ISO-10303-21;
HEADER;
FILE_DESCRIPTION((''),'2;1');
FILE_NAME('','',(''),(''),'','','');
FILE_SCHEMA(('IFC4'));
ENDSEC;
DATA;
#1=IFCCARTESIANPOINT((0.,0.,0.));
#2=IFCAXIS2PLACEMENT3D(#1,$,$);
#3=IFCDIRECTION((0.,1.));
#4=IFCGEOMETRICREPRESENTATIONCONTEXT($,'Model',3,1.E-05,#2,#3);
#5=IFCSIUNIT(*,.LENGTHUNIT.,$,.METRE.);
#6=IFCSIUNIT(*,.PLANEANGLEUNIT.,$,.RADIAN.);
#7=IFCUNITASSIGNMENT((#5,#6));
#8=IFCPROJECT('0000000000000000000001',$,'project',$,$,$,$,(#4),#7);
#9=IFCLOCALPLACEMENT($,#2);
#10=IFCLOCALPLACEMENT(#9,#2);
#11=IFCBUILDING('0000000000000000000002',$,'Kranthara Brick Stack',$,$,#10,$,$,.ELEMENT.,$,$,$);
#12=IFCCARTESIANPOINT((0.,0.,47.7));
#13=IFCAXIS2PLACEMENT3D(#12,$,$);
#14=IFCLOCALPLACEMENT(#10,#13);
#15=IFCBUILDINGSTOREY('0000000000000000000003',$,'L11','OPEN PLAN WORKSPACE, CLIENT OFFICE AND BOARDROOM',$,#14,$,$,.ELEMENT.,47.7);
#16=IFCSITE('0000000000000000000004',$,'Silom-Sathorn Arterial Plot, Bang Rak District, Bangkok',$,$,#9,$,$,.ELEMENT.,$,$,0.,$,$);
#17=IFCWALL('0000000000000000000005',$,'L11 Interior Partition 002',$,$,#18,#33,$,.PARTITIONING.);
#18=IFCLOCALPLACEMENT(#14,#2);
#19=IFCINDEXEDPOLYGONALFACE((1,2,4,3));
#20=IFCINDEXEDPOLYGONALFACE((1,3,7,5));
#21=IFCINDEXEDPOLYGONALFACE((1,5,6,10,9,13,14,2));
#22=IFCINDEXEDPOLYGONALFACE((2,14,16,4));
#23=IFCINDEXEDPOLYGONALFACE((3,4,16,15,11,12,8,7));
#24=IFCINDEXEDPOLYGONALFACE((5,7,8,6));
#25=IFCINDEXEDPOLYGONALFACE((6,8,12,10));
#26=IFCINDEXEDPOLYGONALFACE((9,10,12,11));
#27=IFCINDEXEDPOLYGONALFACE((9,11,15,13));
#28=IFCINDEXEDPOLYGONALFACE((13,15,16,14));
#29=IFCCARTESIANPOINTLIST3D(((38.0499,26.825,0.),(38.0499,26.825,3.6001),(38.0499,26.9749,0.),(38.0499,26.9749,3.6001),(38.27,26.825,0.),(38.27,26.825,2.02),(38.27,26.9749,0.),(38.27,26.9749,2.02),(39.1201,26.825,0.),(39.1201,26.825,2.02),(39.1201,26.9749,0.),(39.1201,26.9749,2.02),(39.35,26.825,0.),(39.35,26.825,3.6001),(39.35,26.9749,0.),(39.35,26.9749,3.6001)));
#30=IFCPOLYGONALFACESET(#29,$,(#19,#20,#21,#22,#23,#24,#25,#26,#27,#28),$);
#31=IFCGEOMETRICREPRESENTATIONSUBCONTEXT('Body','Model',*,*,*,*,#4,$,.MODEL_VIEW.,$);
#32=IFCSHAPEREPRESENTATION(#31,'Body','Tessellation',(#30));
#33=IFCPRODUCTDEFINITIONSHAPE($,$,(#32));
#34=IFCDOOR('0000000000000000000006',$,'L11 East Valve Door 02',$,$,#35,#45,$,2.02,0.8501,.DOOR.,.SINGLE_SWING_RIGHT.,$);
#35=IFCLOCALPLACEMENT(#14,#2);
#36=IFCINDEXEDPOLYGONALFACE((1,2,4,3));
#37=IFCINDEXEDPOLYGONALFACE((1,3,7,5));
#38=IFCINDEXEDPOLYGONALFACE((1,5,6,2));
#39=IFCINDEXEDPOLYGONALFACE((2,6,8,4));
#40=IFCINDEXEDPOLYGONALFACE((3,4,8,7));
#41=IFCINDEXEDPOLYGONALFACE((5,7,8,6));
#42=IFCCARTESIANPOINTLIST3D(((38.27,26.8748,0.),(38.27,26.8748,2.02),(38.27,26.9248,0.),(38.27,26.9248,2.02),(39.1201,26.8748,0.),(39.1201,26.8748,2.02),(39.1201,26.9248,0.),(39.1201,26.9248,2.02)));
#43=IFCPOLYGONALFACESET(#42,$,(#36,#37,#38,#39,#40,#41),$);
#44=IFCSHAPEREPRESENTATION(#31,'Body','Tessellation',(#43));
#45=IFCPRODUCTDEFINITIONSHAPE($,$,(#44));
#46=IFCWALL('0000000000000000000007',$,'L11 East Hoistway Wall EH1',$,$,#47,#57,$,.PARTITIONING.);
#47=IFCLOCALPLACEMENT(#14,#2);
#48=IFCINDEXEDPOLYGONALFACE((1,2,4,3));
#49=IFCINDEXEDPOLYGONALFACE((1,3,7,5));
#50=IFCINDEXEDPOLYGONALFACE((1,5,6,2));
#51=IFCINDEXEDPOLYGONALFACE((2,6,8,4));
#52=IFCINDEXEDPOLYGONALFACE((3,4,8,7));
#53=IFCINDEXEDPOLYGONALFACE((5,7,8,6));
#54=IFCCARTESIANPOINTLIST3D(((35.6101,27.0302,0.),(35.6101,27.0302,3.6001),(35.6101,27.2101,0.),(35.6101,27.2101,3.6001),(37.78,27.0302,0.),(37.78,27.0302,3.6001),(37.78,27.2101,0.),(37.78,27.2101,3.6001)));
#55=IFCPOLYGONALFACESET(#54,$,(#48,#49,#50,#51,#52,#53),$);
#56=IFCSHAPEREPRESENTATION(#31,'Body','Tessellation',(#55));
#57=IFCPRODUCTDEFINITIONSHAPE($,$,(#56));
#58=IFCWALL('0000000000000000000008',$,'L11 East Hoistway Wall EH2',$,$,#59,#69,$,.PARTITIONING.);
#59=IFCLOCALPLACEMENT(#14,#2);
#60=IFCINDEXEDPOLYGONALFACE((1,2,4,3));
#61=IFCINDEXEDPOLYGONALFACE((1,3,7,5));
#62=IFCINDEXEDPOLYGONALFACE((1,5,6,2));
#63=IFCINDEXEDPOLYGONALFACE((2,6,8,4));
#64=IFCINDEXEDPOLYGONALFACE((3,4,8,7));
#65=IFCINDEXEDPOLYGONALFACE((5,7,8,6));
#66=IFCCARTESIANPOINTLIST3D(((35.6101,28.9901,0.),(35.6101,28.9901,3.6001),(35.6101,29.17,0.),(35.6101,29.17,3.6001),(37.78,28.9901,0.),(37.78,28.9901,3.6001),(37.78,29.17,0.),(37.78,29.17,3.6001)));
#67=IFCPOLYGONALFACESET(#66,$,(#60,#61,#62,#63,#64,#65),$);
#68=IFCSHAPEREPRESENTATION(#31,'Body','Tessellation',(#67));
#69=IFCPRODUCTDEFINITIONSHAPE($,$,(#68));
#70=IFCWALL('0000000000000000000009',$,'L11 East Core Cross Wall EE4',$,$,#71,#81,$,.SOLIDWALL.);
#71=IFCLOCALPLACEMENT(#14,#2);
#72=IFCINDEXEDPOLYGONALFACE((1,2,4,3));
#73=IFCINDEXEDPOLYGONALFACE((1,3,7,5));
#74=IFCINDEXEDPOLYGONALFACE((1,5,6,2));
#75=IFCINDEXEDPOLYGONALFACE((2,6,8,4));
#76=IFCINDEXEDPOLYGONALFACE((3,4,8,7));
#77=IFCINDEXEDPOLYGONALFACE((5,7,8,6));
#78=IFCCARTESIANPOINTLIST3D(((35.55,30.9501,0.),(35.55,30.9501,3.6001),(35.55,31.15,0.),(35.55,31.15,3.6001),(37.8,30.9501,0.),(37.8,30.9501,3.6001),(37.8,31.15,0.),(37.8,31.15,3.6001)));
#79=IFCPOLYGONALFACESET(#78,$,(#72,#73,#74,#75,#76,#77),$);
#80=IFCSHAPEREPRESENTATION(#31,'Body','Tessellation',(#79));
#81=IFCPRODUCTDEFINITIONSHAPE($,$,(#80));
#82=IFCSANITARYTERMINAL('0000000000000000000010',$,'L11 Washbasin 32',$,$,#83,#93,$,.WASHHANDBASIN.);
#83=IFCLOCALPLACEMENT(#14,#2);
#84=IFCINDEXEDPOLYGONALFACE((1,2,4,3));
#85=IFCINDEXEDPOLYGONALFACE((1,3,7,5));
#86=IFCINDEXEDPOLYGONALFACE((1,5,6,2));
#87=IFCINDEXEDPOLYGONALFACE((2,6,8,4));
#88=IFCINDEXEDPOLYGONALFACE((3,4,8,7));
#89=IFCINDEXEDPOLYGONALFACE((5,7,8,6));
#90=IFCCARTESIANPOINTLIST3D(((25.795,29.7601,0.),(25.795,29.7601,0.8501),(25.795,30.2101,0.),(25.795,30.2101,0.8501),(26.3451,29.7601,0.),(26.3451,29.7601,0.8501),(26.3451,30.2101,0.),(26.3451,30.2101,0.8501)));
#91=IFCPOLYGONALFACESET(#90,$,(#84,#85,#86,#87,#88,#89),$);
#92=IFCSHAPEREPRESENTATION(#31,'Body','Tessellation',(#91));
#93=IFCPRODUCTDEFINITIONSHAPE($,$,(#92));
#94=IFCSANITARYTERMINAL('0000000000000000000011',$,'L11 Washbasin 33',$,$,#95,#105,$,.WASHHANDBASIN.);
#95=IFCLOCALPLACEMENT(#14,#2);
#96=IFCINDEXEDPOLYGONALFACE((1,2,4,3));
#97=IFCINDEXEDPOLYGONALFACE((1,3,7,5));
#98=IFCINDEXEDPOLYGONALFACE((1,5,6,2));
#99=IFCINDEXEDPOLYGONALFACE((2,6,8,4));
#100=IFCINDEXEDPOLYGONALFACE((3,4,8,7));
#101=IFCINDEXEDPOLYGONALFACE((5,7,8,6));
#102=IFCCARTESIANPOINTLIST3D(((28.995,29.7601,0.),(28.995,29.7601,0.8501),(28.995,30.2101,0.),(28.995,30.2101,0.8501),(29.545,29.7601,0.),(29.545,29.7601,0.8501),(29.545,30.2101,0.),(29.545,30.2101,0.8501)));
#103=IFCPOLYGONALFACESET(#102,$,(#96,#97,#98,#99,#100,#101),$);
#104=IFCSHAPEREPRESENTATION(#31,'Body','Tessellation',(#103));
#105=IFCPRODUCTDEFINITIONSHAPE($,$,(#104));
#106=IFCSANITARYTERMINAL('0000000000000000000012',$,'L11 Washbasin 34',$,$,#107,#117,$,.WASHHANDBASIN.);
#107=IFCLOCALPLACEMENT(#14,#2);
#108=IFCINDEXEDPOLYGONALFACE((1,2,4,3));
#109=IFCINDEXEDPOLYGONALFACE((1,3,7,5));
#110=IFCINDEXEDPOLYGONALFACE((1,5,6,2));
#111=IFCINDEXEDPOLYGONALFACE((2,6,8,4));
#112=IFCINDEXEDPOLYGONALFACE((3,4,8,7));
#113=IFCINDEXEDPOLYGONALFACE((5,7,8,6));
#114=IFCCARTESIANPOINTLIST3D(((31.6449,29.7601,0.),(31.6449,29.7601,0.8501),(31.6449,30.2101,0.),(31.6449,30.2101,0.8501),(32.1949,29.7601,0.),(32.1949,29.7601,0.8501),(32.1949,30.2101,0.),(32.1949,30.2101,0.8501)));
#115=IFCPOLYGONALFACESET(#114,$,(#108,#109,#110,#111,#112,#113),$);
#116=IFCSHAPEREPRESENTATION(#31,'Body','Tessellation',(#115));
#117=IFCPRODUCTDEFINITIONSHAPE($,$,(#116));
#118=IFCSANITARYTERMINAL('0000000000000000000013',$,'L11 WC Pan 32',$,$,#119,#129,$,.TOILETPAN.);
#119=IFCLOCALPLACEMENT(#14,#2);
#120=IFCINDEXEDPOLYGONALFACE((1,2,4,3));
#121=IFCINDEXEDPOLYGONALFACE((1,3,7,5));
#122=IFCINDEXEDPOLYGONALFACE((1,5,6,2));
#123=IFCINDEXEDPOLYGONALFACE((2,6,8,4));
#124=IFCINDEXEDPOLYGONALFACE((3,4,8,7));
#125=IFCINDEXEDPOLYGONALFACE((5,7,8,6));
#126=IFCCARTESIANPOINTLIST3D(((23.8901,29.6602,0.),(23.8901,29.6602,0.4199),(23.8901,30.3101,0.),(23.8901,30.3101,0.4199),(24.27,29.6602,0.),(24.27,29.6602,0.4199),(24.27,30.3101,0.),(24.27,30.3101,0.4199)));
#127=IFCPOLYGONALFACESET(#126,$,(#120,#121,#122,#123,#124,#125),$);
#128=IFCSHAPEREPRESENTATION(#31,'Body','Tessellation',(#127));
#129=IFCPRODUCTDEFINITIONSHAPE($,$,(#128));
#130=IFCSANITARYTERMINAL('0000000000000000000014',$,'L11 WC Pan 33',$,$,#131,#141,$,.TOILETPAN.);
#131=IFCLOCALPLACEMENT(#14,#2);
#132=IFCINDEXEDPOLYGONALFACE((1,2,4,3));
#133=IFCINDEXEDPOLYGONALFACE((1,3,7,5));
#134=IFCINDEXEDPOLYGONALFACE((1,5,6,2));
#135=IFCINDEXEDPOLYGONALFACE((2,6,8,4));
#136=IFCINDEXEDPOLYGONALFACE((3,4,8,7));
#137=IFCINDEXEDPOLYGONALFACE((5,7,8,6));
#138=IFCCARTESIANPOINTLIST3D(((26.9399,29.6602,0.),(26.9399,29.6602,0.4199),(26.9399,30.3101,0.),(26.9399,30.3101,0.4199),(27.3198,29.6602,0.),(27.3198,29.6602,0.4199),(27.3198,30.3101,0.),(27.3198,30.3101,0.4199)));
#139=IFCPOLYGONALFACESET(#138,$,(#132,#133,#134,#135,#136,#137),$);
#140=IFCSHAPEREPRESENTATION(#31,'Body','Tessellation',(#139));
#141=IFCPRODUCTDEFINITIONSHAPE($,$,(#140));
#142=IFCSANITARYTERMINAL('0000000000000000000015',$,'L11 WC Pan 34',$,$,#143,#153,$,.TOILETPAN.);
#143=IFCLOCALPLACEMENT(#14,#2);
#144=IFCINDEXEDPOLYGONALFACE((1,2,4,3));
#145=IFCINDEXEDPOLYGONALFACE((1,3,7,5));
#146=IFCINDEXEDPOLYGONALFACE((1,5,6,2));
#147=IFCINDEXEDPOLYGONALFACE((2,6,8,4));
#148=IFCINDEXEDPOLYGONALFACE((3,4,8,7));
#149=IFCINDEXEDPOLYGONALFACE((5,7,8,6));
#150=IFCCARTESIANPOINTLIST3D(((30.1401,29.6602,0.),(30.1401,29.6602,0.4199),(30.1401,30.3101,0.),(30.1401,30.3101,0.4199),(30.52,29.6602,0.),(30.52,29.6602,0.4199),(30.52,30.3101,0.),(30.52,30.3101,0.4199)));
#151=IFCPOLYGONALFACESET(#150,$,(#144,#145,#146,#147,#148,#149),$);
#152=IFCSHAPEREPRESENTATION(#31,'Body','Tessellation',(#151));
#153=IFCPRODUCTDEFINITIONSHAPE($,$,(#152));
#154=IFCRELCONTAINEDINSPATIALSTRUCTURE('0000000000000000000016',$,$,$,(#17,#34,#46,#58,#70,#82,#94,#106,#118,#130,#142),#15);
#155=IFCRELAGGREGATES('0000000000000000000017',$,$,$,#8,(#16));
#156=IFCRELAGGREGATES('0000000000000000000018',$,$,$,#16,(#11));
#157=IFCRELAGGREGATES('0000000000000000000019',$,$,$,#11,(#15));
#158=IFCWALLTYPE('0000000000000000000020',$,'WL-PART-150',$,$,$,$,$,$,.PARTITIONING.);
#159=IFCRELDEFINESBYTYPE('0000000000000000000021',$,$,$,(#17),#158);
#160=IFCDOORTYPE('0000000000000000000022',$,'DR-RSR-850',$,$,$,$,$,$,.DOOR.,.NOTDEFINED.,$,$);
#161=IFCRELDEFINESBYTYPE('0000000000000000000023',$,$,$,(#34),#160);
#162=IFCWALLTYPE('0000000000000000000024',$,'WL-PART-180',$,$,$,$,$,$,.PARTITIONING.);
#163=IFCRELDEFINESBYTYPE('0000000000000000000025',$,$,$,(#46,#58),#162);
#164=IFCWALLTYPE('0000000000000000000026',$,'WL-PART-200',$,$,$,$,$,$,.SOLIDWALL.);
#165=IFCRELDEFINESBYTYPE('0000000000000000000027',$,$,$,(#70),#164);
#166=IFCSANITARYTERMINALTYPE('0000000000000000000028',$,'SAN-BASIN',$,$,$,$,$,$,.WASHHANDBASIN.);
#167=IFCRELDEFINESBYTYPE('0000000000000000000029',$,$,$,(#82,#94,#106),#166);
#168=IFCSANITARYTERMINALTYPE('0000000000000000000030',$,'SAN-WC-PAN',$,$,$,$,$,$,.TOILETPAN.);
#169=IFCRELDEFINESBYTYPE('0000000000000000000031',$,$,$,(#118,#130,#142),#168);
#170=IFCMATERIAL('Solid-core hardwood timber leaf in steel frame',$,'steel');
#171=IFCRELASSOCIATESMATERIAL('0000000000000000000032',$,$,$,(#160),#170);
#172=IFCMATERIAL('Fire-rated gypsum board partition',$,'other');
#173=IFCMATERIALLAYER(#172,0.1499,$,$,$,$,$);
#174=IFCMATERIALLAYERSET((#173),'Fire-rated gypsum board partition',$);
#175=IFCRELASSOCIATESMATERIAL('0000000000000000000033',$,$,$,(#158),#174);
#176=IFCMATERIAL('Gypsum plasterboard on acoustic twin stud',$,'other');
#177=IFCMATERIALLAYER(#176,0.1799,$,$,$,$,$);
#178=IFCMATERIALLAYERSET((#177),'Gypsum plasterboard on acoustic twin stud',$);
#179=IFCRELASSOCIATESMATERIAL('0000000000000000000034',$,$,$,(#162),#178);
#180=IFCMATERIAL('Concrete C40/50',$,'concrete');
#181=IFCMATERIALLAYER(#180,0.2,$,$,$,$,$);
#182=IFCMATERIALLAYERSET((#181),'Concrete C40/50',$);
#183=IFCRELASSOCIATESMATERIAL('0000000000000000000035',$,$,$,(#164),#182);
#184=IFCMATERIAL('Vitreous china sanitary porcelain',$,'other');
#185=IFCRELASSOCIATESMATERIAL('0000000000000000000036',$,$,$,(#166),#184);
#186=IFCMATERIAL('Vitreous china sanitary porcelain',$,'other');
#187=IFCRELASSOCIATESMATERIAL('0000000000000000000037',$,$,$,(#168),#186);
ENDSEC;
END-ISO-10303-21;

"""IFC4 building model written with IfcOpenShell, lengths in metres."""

from ifc_helpers import new_model, si_unit, direction, frame, frame_2d, origin, origin_2d, place, context, subcontext, project, spatial, rectangle, extrude, material, layer, layer_set, type_object, element, fill, save


model = new_model("IFC4")

# Units and contexts
model_context = context("Model", 3, precision=1e-05, world=origin(), true_north=direction((0.0, 1.0)))
body_context = subcontext(model_context, "Body", "Model", "MODEL_VIEW")
ifc_project = project(units=[si_unit("LENGTHUNIT", "METRE"), si_unit("PLANEANGLEUNIT", "RADIAN")], contexts=[model_context])

# Site, building, storey
site_placement = place(None, origin())
site = spatial("IfcSite", under=ifc_project, at=site_placement, Name="Silom-Sathorn Arterial Plot, Bang Rak District, Bangkok", CompositionType="ELEMENT", RefElevation=0.0)
building_placement = place(site_placement, origin())
building = spatial("IfcBuilding", under=site, at=building_placement, Name="Kranthara Brick Stack", CompositionType="ELEMENT")
storey_placement = place(building_placement, frame((0.0, 0.0, 47.7)))
storey = spatial("IfcBuildingStorey", under=building, at=storey_placement, Name="L11", Description="OPEN PLAN WORKSPACE, CLIENT OFFICE AND BOARDROOM", CompositionType="ELEMENT", Elevation=47.7)

# Shared definitions
ifc_material_1 = material(Name="Solid-core hardwood timber leaf in steel frame", Category="steel")
door_type_1 = type_object("IfcDoorType", Name="DR-RSR-850", OperationType="NOTDEFINED", PredefinedType="DOOR", material=ifc_material_1)

# Wall, opening, door
ifc_material_2 = material(Name="Fire-rated gypsum board partition", Category="other")
ifc_layer_1 = layer(ifc_material_2, 0.1499)
ifc_layer_set_1 = layer_set([ifc_layer_1], Name="Fire-rated gypsum board partition")
wall_type_1 = type_object("IfcWallType", Name="WL-PART-150", PredefinedType="PARTITIONING", material=ifc_layer_set_1)
wall_1_placement = place(storey_placement, frame((38.05, 26.8999, 0.0), z_axis=(0.0, 0.0, 1.0), x_axis=(1.0, 0.0, 0.0)))
wall_1 = element("IfcWall", 1, at=wall_1_placement, inside=storey, type_object=wall_type_1, Name="L11 Interior Partition 002", PredefinedType="PARTITIONING", context=body_context, shape_type="SweptSolid", body=[
    extrude(rectangle(XDim=1.3, YDim=0.1499, at=frame_2d((0.6499, 0.0))), origin(), (0.0, 0.0, 1.0), 3.6001),
])
opening_1_placement = place(wall_1_placement, frame((0.22, 0.0, 0.0)))
opening_1 = element("IfcOpeningElement", 2, at=opening_1_placement, cuts=wall_1, PredefinedType="OPENING", context=body_context, shape_type="SweptSolid", body=[
    extrude(rectangle(XDim=0.8501, YDim=2.02, at=frame_2d((0.425, 1.01))), frame((0.0, 0.085, 0.0), z_axis=(0.0, -1.0, 0.0), x_axis=(1.0, 0.0, 0.0)), (0.0, 0.0, 1.0), 0.1699),
])
door_1_placement = place(opening_1_placement, origin())
door_1 = element("IfcDoor", 3, at=door_1_placement, inside=storey, type_object=door_type_1, Name="L11 East Valve Door 02", OperationType="SINGLE_SWING_RIGHT", OverallHeight=2.02, OverallWidth=0.8501, PredefinedType="DOOR", context=body_context, shape_type="SweptSolid", body=[
    extrude(rectangle(XDim=0.8501, YDim=2.02, at=frame_2d((0.425, 1.01))), frame((0.0, 0.0249, 0.0), z_axis=(0.0, -1.0, 0.0), x_axis=(1.0, 0.0, 0.0)), (0.0, 0.0, 1.0), 0.05),
])
fill(opening_1, door_1)

# Walls
ifc_material_3 = material(Name="Gypsum plasterboard on acoustic twin stud", Category="other")
ifc_layer_2 = layer(ifc_material_3, 0.1799)
ifc_layer_set_2 = layer_set([ifc_layer_2], Name="Gypsum plasterboard on acoustic twin stud")
wall_type_2 = type_object("IfcWallType", Name="WL-PART-180", PredefinedType="PARTITIONING", material=ifc_layer_set_2)
for number, where, z_axis, x_axis, name in (
    (4, (35.6101, 27.1201, 0.0), (0.0, 0.0, 1.0), (1.0, 0.0, 0.0), "L11 East Hoistway Wall EH1"),
    (5, (35.6101, 29.0801, 0.0), (0.0, 0.0, 1.0), (1.0, 0.0, 0.0), "L11 East Hoistway Wall EH2"),
):
    element("IfcWall", number, at=place(storey_placement, frame(where, z_axis=z_axis, x_axis=x_axis)), inside=storey, type_object=wall_type_2, Name=name, PredefinedType="PARTITIONING", context=body_context, shape_type="SweptSolid", body=[
        extrude(rectangle(XDim=2.1699, YDim=0.1799, at=frame_2d((1.085, 0.0))), origin(), (0.0, 0.0, 1.0), 3.6001),
    ])
ifc_material_4 = material(Name="Concrete C40/50", Category="concrete")
ifc_layer_3 = layer(ifc_material_4, 0.2)
ifc_layer_set_3 = layer_set([ifc_layer_3], Name="Concrete C40/50")
wall_type_3 = type_object("IfcWallType", Name="WL-PART-200", PredefinedType="SOLIDWALL", material=ifc_layer_set_3)
wall_2_placement = place(storey_placement, frame((35.55, 31.05, 0.0), z_axis=(0.0, 0.0, 1.0), x_axis=(1.0, 0.0, 0.0)))
element("IfcWall", 6, at=wall_2_placement, inside=storey, type_object=wall_type_3, Name="L11 East Core Cross Wall EE4", PredefinedType="SOLIDWALL", context=body_context, shape_type="SweptSolid", body=[
    extrude(rectangle(XDim=2.25, YDim=0.2, at=frame_2d((1.125, 0.0))), origin(), (0.0, 0.0, 1.0), 3.6001),
])

# Sanitary terminals
ifc_material_5 = material(Name="Vitreous china sanitary porcelain", Category="other")
sanitary_terminal_type_1 = type_object("IfcSanitaryTerminalType", Name="SAN-BASIN", PredefinedType="WASHHANDBASIN", material=ifc_material_5)
for number, where, z_axis, x_axis, name in (
    (7, (26.0701, 29.9851, 0.0), (0.0, 0.0, 1.0), (1.0, 0.0, 0.0), "L11 Washbasin 32"),
    (8, (29.27, 29.9851, 0.0), (0.0, 0.0, 1.0), (1.0, 0.0, 0.0), "L11 Washbasin 33"),
    (9, (31.9199, 29.9851, 0.0), (0.0, 0.0, 1.0), (1.0, 0.0, 0.0), "L11 Washbasin 34"),
):
    element("IfcSanitaryTerminal", number, at=place(storey_placement, frame(where, z_axis=z_axis, x_axis=x_axis)), inside=storey, type_object=sanitary_terminal_type_1, Name=name, PredefinedType="WASHHANDBASIN", context=body_context, shape_type="SweptSolid", body=[
        extrude(rectangle(XDim=0.55, YDim=0.45, at=origin_2d()), origin(), (0.0, 0.0, 1.0), 0.8501),
    ])
ifc_material_6 = material(Name="Vitreous china sanitary porcelain", Category="other")
sanitary_terminal_type_2 = type_object("IfcSanitaryTerminalType", Name="SAN-WC-PAN", PredefinedType="TOILETPAN", material=ifc_material_6)
for number, where, z_axis, x_axis, name in (
    (10, (24.0801, 29.9851, 0.0), (0.0, 0.0, 1.0), (1.0, 0.0, 0.0), "L11 WC Pan 32"),
    (11, (27.1299, 29.9851, 0.0), (0.0, 0.0, 1.0), (1.0, 0.0, 0.0), "L11 WC Pan 33"),
    (12, (30.3301, 29.9851, 0.0), (0.0, 0.0, 1.0), (1.0, 0.0, 0.0), "L11 WC Pan 34"),
):
    element("IfcSanitaryTerminal", number, at=place(storey_placement, frame(where, z_axis=z_axis, x_axis=x_axis)), inside=storey, type_object=sanitary_terminal_type_2, Name=name, PredefinedType="TOILETPAN", context=body_context, shape_type="SweptSolid", body=[
        extrude(rectangle(XDim=0.3799, YDim=0.6499, at=origin_2d()), origin(), (0.0, 0.0, 1.0), 0.4199),
    ])

save(model, "model.ifc")
